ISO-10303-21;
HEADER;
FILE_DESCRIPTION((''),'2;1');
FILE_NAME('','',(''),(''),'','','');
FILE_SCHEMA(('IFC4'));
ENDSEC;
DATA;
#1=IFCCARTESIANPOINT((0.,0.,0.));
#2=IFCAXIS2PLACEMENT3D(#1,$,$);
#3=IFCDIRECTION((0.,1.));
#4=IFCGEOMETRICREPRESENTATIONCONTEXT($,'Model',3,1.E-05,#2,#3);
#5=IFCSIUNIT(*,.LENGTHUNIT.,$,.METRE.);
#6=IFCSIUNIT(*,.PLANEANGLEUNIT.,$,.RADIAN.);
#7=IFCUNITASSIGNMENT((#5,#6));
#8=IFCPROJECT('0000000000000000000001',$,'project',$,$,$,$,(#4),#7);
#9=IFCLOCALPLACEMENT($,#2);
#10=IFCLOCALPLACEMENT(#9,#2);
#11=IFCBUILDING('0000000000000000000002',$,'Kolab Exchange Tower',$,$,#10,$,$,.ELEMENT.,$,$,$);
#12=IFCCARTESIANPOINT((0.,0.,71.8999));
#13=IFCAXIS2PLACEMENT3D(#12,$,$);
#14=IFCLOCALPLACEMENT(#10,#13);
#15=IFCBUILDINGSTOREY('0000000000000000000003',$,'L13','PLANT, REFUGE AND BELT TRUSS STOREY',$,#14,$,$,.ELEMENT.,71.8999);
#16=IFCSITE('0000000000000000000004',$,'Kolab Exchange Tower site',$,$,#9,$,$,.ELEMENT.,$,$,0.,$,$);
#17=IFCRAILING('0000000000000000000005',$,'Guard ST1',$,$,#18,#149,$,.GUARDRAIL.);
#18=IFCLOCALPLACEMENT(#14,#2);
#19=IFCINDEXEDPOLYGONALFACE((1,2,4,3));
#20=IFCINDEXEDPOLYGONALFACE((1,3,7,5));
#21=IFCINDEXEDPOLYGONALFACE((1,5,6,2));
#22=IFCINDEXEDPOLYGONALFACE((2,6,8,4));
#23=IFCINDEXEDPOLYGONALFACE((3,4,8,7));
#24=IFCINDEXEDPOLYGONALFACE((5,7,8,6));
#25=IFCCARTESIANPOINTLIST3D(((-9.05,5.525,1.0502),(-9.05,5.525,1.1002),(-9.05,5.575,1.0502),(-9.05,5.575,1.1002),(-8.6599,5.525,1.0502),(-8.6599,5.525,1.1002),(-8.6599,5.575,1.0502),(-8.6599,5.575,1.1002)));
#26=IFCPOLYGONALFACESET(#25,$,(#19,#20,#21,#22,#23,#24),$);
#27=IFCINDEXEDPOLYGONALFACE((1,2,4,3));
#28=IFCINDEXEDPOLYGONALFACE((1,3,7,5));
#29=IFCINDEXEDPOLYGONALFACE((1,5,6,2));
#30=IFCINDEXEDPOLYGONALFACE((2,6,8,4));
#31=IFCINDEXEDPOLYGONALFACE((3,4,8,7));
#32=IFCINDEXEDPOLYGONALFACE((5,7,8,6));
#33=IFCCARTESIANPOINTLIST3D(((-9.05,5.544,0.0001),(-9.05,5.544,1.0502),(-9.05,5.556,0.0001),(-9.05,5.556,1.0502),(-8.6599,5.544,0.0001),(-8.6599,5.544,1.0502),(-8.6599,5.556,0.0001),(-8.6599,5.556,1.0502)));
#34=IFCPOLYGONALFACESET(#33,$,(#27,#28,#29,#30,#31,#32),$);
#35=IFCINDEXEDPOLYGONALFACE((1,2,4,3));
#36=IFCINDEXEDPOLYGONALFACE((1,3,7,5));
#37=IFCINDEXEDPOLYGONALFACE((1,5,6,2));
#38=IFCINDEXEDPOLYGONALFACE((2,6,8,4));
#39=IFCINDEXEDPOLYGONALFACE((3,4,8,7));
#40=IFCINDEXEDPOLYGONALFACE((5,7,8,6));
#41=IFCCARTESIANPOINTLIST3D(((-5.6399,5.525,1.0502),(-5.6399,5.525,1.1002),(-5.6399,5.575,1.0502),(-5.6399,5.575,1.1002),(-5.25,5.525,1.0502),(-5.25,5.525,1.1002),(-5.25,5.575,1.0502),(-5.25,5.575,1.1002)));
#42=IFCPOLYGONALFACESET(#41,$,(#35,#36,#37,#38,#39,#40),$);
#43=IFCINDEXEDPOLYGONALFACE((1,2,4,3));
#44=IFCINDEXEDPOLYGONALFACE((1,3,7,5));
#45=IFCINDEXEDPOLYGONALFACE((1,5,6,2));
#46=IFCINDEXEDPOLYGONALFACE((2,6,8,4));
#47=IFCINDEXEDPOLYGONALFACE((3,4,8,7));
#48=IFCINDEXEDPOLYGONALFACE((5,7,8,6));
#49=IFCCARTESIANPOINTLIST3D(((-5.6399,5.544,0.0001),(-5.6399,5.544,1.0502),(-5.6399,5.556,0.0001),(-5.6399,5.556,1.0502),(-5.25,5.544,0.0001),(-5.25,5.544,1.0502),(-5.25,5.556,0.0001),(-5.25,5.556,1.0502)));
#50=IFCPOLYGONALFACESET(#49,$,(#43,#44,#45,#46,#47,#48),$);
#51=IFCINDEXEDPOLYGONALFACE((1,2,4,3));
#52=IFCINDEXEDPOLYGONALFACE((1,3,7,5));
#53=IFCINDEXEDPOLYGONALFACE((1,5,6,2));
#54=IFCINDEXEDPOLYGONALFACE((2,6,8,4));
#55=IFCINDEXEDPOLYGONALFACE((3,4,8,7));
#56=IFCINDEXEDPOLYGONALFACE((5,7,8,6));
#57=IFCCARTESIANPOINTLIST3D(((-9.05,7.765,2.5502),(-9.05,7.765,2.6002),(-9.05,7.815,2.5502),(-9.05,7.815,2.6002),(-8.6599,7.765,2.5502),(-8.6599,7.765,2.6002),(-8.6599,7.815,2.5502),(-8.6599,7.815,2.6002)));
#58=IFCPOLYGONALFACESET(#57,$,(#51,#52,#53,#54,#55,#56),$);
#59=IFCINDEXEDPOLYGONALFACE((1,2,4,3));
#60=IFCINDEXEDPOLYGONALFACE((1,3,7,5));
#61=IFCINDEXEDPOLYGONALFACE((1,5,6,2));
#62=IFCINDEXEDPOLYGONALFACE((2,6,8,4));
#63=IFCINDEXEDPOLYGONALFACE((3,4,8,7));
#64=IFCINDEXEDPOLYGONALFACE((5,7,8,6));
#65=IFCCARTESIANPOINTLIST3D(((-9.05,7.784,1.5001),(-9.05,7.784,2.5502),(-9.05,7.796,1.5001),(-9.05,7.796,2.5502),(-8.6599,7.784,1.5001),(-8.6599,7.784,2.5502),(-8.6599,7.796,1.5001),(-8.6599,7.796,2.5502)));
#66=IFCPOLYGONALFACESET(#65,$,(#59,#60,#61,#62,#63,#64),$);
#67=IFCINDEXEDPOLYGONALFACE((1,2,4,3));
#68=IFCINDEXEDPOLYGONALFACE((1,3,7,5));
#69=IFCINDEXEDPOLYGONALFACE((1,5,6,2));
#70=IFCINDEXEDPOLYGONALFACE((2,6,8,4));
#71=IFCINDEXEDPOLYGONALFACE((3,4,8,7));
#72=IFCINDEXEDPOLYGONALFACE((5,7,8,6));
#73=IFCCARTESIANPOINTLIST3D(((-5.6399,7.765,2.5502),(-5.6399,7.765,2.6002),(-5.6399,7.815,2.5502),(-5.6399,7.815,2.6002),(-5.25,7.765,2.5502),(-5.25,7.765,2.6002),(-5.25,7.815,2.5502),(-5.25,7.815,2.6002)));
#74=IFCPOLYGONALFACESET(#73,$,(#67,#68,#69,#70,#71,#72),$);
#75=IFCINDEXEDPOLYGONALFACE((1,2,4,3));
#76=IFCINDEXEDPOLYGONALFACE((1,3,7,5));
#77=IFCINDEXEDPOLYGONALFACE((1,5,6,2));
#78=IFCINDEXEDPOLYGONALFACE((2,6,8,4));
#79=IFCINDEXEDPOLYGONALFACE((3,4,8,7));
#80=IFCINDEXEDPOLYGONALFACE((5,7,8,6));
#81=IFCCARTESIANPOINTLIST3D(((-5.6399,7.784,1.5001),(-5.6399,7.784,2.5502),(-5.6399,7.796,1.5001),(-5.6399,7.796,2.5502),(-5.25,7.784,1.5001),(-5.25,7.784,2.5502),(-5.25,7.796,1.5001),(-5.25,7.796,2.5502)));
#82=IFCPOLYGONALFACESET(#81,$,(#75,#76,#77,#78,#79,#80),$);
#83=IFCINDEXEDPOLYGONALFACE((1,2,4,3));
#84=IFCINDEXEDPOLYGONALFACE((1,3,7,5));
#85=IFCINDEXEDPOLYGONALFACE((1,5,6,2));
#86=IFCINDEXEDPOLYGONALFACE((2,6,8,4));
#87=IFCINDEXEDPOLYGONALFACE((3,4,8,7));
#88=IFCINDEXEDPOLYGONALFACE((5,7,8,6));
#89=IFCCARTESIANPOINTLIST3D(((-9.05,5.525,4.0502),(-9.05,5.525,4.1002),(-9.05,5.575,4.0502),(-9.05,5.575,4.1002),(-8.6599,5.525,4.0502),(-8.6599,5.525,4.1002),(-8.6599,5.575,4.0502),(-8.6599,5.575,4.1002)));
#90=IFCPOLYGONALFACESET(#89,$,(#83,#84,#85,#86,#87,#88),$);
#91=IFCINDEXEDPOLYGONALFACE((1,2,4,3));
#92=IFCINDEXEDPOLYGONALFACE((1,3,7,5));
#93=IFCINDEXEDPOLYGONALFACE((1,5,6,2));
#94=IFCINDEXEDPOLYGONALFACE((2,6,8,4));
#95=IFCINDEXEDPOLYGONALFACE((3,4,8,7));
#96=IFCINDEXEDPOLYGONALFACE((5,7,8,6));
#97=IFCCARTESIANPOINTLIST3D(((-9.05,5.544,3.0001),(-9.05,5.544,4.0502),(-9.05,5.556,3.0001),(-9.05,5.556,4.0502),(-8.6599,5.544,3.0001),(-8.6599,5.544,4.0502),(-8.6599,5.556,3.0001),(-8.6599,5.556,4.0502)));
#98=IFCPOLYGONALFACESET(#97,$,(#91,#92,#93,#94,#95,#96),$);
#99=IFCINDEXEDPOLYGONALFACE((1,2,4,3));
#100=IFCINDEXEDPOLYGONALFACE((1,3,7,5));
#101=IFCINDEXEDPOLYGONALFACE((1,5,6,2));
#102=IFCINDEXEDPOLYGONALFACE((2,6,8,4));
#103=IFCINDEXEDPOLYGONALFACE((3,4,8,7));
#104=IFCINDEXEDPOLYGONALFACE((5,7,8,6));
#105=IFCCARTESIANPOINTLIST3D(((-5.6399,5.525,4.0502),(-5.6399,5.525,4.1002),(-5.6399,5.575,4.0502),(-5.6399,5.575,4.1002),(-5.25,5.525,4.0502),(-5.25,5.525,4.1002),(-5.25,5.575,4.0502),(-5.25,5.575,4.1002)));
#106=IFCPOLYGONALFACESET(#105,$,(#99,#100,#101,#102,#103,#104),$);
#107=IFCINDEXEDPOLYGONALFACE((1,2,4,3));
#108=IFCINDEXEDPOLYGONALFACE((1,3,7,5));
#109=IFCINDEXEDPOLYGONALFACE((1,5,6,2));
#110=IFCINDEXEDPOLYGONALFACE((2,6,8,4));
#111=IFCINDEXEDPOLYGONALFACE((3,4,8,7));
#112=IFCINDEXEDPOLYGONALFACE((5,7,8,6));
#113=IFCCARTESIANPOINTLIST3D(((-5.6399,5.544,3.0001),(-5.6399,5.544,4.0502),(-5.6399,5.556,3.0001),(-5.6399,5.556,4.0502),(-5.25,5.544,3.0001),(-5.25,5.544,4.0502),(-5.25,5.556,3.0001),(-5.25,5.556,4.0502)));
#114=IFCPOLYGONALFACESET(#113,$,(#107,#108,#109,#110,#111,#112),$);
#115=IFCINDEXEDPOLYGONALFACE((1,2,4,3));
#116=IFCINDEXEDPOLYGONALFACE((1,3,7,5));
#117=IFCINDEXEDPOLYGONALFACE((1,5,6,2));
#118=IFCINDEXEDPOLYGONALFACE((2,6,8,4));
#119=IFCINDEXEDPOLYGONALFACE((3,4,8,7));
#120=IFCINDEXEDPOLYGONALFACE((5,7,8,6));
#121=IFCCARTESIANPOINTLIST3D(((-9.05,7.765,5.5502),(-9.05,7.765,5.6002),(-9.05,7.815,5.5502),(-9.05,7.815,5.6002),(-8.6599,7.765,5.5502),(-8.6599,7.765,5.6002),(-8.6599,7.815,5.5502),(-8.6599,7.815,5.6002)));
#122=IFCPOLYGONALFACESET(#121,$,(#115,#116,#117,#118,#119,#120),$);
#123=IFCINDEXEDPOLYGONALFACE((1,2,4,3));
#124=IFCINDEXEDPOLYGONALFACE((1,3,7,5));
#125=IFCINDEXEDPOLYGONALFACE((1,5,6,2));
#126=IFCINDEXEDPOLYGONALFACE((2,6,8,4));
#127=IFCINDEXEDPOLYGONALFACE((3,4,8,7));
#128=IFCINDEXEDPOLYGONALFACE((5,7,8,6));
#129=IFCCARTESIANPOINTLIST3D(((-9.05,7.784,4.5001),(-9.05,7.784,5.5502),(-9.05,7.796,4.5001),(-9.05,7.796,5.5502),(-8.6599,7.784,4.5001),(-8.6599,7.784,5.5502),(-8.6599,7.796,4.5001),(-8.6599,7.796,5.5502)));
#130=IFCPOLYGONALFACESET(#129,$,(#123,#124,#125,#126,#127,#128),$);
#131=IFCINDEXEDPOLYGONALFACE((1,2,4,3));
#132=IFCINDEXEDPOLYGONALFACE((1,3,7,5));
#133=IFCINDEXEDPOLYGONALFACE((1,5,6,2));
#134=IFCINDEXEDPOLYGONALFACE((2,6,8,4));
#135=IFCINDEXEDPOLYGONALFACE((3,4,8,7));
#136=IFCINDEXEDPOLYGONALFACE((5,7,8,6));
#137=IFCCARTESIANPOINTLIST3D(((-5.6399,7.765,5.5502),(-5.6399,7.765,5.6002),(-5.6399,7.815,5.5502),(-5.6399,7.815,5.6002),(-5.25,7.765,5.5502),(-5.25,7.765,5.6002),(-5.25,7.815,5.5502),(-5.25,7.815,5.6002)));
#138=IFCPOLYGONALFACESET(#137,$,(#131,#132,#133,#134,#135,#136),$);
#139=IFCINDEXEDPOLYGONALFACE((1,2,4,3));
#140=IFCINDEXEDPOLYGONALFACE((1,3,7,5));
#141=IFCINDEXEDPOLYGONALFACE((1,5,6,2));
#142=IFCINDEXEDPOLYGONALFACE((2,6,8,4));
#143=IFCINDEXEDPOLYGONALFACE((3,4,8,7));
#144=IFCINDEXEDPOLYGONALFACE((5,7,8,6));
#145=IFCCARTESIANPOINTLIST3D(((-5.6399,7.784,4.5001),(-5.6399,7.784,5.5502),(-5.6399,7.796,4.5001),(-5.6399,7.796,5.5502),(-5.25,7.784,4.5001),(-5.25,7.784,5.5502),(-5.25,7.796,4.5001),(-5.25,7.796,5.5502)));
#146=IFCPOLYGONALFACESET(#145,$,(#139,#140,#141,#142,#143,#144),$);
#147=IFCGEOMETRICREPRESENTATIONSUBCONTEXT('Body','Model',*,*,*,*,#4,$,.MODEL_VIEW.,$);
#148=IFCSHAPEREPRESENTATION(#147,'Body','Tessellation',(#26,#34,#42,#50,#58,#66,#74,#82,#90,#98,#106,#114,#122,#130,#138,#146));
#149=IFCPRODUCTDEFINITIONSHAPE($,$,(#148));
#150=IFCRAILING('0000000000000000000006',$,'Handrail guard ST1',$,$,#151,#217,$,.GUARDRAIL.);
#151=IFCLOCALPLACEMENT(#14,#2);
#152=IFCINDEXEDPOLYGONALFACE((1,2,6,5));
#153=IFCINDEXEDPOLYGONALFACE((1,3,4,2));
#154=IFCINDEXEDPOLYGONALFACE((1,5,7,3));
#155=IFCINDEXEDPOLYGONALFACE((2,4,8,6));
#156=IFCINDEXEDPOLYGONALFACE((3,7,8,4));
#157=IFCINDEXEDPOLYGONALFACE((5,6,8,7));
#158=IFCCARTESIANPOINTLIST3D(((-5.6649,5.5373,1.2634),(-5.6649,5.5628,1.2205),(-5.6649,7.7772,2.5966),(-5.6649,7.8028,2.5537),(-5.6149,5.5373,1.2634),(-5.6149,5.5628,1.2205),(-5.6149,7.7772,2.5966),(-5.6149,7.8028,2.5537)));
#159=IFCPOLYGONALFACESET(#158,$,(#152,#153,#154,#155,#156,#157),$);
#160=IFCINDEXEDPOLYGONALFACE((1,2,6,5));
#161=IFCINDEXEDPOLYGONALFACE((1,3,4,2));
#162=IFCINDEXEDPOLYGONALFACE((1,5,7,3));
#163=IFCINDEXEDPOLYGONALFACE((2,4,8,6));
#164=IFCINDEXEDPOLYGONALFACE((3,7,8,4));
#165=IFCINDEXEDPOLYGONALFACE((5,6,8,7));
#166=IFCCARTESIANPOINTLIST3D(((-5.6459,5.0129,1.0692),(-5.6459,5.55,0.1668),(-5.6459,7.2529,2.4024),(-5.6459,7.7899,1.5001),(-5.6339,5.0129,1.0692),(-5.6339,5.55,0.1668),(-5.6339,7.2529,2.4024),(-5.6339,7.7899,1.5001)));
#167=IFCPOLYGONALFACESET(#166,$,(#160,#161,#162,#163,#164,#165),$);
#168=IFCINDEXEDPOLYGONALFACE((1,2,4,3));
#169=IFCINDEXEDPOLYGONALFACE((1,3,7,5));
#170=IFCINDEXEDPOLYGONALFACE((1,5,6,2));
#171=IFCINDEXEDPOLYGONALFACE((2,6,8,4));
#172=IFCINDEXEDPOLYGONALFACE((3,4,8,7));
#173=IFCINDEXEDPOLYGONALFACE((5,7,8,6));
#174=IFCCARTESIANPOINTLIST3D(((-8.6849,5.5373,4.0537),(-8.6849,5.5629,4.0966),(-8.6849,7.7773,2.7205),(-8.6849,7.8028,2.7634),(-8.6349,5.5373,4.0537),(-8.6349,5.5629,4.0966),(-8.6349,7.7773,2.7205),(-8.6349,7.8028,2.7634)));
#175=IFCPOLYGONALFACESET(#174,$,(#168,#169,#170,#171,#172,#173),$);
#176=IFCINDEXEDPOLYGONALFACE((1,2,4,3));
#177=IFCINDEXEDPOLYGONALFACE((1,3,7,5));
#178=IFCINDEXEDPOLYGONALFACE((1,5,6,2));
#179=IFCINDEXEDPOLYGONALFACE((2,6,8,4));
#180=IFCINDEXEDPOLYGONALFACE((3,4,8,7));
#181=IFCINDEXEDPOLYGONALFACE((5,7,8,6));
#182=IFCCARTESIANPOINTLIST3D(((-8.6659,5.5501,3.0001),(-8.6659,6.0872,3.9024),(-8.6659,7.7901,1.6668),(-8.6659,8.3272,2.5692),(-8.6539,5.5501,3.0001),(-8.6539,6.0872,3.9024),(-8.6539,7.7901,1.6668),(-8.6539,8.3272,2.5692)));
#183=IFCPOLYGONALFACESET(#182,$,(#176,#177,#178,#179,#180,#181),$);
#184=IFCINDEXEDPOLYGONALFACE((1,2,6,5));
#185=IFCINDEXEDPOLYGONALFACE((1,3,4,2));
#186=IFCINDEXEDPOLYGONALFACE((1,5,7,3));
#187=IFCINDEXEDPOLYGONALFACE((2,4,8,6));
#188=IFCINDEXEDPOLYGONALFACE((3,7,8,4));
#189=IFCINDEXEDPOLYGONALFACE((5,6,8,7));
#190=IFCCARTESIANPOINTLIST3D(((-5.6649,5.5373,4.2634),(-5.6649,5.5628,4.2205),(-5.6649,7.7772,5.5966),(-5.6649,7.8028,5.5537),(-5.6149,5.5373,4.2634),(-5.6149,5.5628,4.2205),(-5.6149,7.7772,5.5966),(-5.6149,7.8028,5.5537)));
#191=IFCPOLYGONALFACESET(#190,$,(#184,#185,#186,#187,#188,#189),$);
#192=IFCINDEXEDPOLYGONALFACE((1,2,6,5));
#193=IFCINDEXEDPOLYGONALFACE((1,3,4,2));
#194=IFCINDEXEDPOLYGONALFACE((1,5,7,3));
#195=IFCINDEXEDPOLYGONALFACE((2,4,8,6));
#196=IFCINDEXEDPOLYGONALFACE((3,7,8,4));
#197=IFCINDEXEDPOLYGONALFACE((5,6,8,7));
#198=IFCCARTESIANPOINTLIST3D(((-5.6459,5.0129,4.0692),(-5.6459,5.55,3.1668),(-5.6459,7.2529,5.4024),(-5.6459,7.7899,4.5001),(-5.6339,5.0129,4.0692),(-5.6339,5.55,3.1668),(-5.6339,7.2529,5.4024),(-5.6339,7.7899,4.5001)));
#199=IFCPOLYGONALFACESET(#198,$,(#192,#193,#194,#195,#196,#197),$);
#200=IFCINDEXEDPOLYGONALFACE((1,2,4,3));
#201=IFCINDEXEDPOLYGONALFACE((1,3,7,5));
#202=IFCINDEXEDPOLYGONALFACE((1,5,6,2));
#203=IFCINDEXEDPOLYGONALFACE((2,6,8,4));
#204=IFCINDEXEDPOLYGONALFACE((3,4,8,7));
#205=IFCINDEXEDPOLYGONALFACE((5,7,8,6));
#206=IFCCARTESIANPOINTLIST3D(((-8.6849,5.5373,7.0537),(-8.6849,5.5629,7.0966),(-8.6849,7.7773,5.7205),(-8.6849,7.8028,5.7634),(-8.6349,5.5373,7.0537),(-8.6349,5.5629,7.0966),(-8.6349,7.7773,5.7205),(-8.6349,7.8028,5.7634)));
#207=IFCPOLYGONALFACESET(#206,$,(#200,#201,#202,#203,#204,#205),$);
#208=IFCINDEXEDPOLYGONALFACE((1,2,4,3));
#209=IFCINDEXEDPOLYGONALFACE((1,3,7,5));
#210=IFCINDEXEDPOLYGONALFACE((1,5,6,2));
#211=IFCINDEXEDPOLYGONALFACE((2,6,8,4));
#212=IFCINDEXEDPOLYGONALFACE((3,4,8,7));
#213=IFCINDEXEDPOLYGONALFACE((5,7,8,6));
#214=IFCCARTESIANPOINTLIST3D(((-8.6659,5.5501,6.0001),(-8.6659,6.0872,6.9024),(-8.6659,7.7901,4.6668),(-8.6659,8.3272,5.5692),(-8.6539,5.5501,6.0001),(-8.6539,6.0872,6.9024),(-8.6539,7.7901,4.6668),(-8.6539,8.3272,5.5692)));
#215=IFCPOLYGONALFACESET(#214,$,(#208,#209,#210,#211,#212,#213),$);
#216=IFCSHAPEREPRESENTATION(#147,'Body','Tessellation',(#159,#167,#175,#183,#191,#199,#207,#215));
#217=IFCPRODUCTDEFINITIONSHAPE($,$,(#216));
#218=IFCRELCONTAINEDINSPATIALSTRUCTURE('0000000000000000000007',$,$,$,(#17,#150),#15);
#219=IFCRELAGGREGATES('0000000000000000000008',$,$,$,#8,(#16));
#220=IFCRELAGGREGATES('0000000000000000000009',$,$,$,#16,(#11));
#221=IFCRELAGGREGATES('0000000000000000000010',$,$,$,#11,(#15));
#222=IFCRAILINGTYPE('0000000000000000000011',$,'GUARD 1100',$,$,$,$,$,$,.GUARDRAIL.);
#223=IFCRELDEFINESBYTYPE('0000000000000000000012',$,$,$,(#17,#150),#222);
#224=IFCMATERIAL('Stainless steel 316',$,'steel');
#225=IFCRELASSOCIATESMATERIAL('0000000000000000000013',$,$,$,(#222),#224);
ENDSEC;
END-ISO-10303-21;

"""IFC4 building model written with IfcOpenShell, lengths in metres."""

from ifc_helpers import new_model, si_unit, direction, frame, frame_2d, origin, origin_2d, place, context, subcontext, project, spatial, rectangle, extrude, material, type_object, element, save


model = new_model("IFC4")

# Units and contexts
model_context = context("Model", 3, precision=1e-05, world=origin(), true_north=direction((0.0, 1.0)))
body_context = subcontext(model_context, "Body", "Model", "MODEL_VIEW")
ifc_project = project(units=[si_unit("LENGTHUNIT", "METRE"), si_unit("PLANEANGLEUNIT", "RADIAN")], contexts=[model_context])

# Site, building, storey
site_placement = place(None, origin())
site = spatial("IfcSite", under=ifc_project, at=site_placement, Name="Kolab Exchange Tower site", CompositionType="ELEMENT", RefElevation=0.0)
building_placement = place(site_placement, origin())
building = spatial("IfcBuilding", under=site, at=building_placement, Name="Kolab Exchange Tower", CompositionType="ELEMENT")
storey_placement = place(building_placement, frame((0.0, 0.0, 71.8999)))
storey = spatial("IfcBuildingStorey", under=building, at=storey_placement, Name="L13", Description="PLANT, REFUGE AND BELT TRUSS STOREY", CompositionType="ELEMENT", Elevation=71.8999)

# Railings
ifc_material_1 = material(Name="Stainless steel 316", Category="steel")
railing_type = type_object("IfcRailingType", Name="GUARD 1100", PredefinedType="GUARDRAIL", material=ifc_material_1)
railing_1_placement = place(storey_placement, frame((-9.05, 5.55, 0.0)))
element("IfcRailing", 1, at=railing_1_placement, inside=storey, type_object=railing_type, Name="Guard ST1", PredefinedType="GUARDRAIL", context=body_context, shape_type="SweptSolid", body=[
    extrude(rectangle(XDim=0.05, YDim=0.05, at=origin_2d()), frame((0.0, 0.0, 1.0752), z_axis=(1.0, 0.0, 0.0), x_axis=(0.0, 1.0, 0.0)), (0.0, 0.0, 1.0), 0.3901),
    extrude(rectangle(XDim=0.012, YDim=1.0501, at=frame_2d((0.0, 0.5251))), frame((0.0, 0.0, 0.0), z_axis=(1.0, 0.0, 0.0), x_axis=(0.0, 1.0, 0.0)), (0.0, 0.0, 1.0), 0.3901),
    extrude(rectangle(XDim=0.05, YDim=0.05, at=origin_2d()), frame((3.4102, 0.0, 1.0752), z_axis=(1.0, 0.0, 0.0), x_axis=(0.0, 1.0, 0.0)), (0.0, 0.0, 1.0), 0.3899),
    extrude(rectangle(XDim=0.012, YDim=1.0501, at=frame_2d((0.0, 0.5251))), frame((3.4102, 0.0, 0.0), z_axis=(1.0, 0.0, 0.0), x_axis=(0.0, 1.0, 0.0)), (0.0, 0.0, 1.0), 0.3899),
    extrude(rectangle(XDim=0.05, YDim=0.05, at=origin_2d()), frame((0.0, 2.24, 2.5752), z_axis=(1.0, 0.0, 0.0), x_axis=(0.0, 1.0, 0.0)), (0.0, 0.0, 1.0), 0.3901),
    extrude(rectangle(XDim=0.012, YDim=1.0501, at=frame_2d((0.0, 0.5251))), frame((0.0, 2.24, 1.5), z_axis=(1.0, 0.0, 0.0), x_axis=(0.0, 1.0, 0.0)), (0.0, 0.0, 1.0), 0.3901),
    extrude(rectangle(XDim=0.05, YDim=0.05, at=origin_2d()), frame((3.4102, 2.24, 2.5752), z_axis=(1.0, 0.0, 0.0), x_axis=(0.0, 1.0, 0.0)), (0.0, 0.0, 1.0), 0.3899),
    extrude(rectangle(XDim=0.012, YDim=1.0501, at=frame_2d((0.0, 0.5251))), frame((3.4102, 2.24, 1.5), z_axis=(1.0, 0.0, 0.0), x_axis=(0.0, 1.0, 0.0)), (0.0, 0.0, 1.0), 0.3899),
    extrude(rectangle(XDim=0.05, YDim=0.05, at=origin_2d()), frame((0.0, 0.0, 4.0752), z_axis=(1.0, 0.0, 0.0), x_axis=(0.0, 1.0, 0.0)), (0.0, 0.0, 1.0), 0.3901),
    extrude(rectangle(XDim=0.012, YDim=1.0501, at=frame_2d((0.0, 0.5251))), frame((0.0, 0.0, 3.0), z_axis=(1.0, 0.0, 0.0), x_axis=(0.0, 1.0, 0.0)), (0.0, 0.0, 1.0), 0.3901),
    extrude(rectangle(XDim=0.05, YDim=0.05, at=origin_2d()), frame((3.4102, 0.0, 4.0752), z_axis=(1.0, 0.0, 0.0), x_axis=(0.0, 1.0, 0.0)), (0.0, 0.0, 1.0), 0.3899),
    extrude(rectangle(XDim=0.012, YDim=1.0501, at=frame_2d((0.0, 0.5251))), frame((3.4102, 0.0, 3.0), z_axis=(1.0, 0.0, 0.0), x_axis=(0.0, 1.0, 0.0)), (0.0, 0.0, 1.0), 0.3899),
    extrude(rectangle(XDim=0.05, YDim=0.05, at=origin_2d()), frame((0.0, 2.24, 5.5752), z_axis=(1.0, 0.0, 0.0), x_axis=(0.0, 1.0, 0.0)), (0.0, 0.0, 1.0), 0.3901),
    extrude(rectangle(XDim=0.012, YDim=1.0501, at=frame_2d((0.0, 0.5251))), frame((0.0, 2.24, 4.5), z_axis=(1.0, 0.0, 0.0), x_axis=(0.0, 1.0, 0.0)), (0.0, 0.0, 1.0), 0.3901),
    extrude(rectangle(XDim=0.05, YDim=0.05, at=origin_2d()), frame((3.4102, 2.24, 5.5752), z_axis=(1.0, 0.0, 0.0), x_axis=(0.0, 1.0, 0.0)), (0.0, 0.0, 1.0), 0.3899),
    extrude(rectangle(XDim=0.012, YDim=1.0501, at=frame_2d((0.0, 0.5251))), frame((3.4102, 2.24, 4.5), z_axis=(1.0, 0.0, 0.0), x_axis=(0.0, 1.0, 0.0)), (0.0, 0.0, 1.0), 0.3899),
])
railing_2_placement = place(storey_placement, frame((-5.6399, 5.55, 0.1667)))
element("IfcRailing", 2, at=railing_2_placement, inside=storey, type_object=railing_type, Name="Handrail guard ST1", PredefinedType="GUARDRAIL", context=body_context, shape_type="SweptSolid", body=[
    extrude(rectangle(XDim=0.05, YDim=0.05, at=origin_2d()), frame((0.0, 0.0, 1.0752), z_axis=(0.0, 0.859306, 0.511462), x_axis=(-1.0, 0.0, 0.0)), (0.0, 0.0, 1.0), 2.6067),
    extrude(rectangle(XDim=0.012, YDim=1.0501, at=frame_2d((0.0, 0.5251))), frame((0.0, 0.0, 0.0), z_axis=(0.0, 0.859306, 0.511462), x_axis=(-1.0, 0.0, 0.0)), (0.0, 0.0, 1.0), 2.6067),
    extrude(rectangle(XDim=0.05, YDim=0.05, at=origin_2d()), frame((-3.02, 2.24, 2.5752), z_axis=(0.0, -0.859306, 0.511462), x_axis=(1.0, 0.0, 0.0)), (0.0, 0.0, 1.0), 2.6067),
    extrude(rectangle(XDim=0.012, YDim=1.0501, at=frame_2d((0.0, 0.5251))), frame((-3.02, 2.24, 1.5), z_axis=(0.0, -0.859306, 0.511462), x_axis=(1.0, 0.0, 0.0)), (0.0, 0.0, 1.0), 2.6067),
    extrude(rectangle(XDim=0.05, YDim=0.05, at=origin_2d()), frame((0.0, 0.0, 4.0752), z_axis=(0.0, 0.859306, 0.511462), x_axis=(-1.0, 0.0, 0.0)), (0.0, 0.0, 1.0), 2.6067),
    extrude(rectangle(XDim=0.012, YDim=1.0501, at=frame_2d((0.0, 0.5251))), frame((0.0, 0.0, 3.0), z_axis=(0.0, 0.859306, 0.511462), x_axis=(-1.0, 0.0, 0.0)), (0.0, 0.0, 1.0), 2.6067),
    extrude(rectangle(XDim=0.05, YDim=0.05, at=origin_2d()), frame((-3.02, 2.24, 5.5752), z_axis=(0.0, -0.859306, 0.511462), x_axis=(1.0, 0.0, 0.0)), (0.0, 0.0, 1.0), 2.6067),
    extrude(rectangle(XDim=0.012, YDim=1.0501, at=frame_2d((0.0, 0.5251))), frame((-3.02, 2.24, 4.5), z_axis=(0.0, -0.859306, 0.511462), x_axis=(1.0, 0.0, 0.0)), (0.0, 0.0, 1.0), 2.6067),
])

save(model, "model.ifc")
